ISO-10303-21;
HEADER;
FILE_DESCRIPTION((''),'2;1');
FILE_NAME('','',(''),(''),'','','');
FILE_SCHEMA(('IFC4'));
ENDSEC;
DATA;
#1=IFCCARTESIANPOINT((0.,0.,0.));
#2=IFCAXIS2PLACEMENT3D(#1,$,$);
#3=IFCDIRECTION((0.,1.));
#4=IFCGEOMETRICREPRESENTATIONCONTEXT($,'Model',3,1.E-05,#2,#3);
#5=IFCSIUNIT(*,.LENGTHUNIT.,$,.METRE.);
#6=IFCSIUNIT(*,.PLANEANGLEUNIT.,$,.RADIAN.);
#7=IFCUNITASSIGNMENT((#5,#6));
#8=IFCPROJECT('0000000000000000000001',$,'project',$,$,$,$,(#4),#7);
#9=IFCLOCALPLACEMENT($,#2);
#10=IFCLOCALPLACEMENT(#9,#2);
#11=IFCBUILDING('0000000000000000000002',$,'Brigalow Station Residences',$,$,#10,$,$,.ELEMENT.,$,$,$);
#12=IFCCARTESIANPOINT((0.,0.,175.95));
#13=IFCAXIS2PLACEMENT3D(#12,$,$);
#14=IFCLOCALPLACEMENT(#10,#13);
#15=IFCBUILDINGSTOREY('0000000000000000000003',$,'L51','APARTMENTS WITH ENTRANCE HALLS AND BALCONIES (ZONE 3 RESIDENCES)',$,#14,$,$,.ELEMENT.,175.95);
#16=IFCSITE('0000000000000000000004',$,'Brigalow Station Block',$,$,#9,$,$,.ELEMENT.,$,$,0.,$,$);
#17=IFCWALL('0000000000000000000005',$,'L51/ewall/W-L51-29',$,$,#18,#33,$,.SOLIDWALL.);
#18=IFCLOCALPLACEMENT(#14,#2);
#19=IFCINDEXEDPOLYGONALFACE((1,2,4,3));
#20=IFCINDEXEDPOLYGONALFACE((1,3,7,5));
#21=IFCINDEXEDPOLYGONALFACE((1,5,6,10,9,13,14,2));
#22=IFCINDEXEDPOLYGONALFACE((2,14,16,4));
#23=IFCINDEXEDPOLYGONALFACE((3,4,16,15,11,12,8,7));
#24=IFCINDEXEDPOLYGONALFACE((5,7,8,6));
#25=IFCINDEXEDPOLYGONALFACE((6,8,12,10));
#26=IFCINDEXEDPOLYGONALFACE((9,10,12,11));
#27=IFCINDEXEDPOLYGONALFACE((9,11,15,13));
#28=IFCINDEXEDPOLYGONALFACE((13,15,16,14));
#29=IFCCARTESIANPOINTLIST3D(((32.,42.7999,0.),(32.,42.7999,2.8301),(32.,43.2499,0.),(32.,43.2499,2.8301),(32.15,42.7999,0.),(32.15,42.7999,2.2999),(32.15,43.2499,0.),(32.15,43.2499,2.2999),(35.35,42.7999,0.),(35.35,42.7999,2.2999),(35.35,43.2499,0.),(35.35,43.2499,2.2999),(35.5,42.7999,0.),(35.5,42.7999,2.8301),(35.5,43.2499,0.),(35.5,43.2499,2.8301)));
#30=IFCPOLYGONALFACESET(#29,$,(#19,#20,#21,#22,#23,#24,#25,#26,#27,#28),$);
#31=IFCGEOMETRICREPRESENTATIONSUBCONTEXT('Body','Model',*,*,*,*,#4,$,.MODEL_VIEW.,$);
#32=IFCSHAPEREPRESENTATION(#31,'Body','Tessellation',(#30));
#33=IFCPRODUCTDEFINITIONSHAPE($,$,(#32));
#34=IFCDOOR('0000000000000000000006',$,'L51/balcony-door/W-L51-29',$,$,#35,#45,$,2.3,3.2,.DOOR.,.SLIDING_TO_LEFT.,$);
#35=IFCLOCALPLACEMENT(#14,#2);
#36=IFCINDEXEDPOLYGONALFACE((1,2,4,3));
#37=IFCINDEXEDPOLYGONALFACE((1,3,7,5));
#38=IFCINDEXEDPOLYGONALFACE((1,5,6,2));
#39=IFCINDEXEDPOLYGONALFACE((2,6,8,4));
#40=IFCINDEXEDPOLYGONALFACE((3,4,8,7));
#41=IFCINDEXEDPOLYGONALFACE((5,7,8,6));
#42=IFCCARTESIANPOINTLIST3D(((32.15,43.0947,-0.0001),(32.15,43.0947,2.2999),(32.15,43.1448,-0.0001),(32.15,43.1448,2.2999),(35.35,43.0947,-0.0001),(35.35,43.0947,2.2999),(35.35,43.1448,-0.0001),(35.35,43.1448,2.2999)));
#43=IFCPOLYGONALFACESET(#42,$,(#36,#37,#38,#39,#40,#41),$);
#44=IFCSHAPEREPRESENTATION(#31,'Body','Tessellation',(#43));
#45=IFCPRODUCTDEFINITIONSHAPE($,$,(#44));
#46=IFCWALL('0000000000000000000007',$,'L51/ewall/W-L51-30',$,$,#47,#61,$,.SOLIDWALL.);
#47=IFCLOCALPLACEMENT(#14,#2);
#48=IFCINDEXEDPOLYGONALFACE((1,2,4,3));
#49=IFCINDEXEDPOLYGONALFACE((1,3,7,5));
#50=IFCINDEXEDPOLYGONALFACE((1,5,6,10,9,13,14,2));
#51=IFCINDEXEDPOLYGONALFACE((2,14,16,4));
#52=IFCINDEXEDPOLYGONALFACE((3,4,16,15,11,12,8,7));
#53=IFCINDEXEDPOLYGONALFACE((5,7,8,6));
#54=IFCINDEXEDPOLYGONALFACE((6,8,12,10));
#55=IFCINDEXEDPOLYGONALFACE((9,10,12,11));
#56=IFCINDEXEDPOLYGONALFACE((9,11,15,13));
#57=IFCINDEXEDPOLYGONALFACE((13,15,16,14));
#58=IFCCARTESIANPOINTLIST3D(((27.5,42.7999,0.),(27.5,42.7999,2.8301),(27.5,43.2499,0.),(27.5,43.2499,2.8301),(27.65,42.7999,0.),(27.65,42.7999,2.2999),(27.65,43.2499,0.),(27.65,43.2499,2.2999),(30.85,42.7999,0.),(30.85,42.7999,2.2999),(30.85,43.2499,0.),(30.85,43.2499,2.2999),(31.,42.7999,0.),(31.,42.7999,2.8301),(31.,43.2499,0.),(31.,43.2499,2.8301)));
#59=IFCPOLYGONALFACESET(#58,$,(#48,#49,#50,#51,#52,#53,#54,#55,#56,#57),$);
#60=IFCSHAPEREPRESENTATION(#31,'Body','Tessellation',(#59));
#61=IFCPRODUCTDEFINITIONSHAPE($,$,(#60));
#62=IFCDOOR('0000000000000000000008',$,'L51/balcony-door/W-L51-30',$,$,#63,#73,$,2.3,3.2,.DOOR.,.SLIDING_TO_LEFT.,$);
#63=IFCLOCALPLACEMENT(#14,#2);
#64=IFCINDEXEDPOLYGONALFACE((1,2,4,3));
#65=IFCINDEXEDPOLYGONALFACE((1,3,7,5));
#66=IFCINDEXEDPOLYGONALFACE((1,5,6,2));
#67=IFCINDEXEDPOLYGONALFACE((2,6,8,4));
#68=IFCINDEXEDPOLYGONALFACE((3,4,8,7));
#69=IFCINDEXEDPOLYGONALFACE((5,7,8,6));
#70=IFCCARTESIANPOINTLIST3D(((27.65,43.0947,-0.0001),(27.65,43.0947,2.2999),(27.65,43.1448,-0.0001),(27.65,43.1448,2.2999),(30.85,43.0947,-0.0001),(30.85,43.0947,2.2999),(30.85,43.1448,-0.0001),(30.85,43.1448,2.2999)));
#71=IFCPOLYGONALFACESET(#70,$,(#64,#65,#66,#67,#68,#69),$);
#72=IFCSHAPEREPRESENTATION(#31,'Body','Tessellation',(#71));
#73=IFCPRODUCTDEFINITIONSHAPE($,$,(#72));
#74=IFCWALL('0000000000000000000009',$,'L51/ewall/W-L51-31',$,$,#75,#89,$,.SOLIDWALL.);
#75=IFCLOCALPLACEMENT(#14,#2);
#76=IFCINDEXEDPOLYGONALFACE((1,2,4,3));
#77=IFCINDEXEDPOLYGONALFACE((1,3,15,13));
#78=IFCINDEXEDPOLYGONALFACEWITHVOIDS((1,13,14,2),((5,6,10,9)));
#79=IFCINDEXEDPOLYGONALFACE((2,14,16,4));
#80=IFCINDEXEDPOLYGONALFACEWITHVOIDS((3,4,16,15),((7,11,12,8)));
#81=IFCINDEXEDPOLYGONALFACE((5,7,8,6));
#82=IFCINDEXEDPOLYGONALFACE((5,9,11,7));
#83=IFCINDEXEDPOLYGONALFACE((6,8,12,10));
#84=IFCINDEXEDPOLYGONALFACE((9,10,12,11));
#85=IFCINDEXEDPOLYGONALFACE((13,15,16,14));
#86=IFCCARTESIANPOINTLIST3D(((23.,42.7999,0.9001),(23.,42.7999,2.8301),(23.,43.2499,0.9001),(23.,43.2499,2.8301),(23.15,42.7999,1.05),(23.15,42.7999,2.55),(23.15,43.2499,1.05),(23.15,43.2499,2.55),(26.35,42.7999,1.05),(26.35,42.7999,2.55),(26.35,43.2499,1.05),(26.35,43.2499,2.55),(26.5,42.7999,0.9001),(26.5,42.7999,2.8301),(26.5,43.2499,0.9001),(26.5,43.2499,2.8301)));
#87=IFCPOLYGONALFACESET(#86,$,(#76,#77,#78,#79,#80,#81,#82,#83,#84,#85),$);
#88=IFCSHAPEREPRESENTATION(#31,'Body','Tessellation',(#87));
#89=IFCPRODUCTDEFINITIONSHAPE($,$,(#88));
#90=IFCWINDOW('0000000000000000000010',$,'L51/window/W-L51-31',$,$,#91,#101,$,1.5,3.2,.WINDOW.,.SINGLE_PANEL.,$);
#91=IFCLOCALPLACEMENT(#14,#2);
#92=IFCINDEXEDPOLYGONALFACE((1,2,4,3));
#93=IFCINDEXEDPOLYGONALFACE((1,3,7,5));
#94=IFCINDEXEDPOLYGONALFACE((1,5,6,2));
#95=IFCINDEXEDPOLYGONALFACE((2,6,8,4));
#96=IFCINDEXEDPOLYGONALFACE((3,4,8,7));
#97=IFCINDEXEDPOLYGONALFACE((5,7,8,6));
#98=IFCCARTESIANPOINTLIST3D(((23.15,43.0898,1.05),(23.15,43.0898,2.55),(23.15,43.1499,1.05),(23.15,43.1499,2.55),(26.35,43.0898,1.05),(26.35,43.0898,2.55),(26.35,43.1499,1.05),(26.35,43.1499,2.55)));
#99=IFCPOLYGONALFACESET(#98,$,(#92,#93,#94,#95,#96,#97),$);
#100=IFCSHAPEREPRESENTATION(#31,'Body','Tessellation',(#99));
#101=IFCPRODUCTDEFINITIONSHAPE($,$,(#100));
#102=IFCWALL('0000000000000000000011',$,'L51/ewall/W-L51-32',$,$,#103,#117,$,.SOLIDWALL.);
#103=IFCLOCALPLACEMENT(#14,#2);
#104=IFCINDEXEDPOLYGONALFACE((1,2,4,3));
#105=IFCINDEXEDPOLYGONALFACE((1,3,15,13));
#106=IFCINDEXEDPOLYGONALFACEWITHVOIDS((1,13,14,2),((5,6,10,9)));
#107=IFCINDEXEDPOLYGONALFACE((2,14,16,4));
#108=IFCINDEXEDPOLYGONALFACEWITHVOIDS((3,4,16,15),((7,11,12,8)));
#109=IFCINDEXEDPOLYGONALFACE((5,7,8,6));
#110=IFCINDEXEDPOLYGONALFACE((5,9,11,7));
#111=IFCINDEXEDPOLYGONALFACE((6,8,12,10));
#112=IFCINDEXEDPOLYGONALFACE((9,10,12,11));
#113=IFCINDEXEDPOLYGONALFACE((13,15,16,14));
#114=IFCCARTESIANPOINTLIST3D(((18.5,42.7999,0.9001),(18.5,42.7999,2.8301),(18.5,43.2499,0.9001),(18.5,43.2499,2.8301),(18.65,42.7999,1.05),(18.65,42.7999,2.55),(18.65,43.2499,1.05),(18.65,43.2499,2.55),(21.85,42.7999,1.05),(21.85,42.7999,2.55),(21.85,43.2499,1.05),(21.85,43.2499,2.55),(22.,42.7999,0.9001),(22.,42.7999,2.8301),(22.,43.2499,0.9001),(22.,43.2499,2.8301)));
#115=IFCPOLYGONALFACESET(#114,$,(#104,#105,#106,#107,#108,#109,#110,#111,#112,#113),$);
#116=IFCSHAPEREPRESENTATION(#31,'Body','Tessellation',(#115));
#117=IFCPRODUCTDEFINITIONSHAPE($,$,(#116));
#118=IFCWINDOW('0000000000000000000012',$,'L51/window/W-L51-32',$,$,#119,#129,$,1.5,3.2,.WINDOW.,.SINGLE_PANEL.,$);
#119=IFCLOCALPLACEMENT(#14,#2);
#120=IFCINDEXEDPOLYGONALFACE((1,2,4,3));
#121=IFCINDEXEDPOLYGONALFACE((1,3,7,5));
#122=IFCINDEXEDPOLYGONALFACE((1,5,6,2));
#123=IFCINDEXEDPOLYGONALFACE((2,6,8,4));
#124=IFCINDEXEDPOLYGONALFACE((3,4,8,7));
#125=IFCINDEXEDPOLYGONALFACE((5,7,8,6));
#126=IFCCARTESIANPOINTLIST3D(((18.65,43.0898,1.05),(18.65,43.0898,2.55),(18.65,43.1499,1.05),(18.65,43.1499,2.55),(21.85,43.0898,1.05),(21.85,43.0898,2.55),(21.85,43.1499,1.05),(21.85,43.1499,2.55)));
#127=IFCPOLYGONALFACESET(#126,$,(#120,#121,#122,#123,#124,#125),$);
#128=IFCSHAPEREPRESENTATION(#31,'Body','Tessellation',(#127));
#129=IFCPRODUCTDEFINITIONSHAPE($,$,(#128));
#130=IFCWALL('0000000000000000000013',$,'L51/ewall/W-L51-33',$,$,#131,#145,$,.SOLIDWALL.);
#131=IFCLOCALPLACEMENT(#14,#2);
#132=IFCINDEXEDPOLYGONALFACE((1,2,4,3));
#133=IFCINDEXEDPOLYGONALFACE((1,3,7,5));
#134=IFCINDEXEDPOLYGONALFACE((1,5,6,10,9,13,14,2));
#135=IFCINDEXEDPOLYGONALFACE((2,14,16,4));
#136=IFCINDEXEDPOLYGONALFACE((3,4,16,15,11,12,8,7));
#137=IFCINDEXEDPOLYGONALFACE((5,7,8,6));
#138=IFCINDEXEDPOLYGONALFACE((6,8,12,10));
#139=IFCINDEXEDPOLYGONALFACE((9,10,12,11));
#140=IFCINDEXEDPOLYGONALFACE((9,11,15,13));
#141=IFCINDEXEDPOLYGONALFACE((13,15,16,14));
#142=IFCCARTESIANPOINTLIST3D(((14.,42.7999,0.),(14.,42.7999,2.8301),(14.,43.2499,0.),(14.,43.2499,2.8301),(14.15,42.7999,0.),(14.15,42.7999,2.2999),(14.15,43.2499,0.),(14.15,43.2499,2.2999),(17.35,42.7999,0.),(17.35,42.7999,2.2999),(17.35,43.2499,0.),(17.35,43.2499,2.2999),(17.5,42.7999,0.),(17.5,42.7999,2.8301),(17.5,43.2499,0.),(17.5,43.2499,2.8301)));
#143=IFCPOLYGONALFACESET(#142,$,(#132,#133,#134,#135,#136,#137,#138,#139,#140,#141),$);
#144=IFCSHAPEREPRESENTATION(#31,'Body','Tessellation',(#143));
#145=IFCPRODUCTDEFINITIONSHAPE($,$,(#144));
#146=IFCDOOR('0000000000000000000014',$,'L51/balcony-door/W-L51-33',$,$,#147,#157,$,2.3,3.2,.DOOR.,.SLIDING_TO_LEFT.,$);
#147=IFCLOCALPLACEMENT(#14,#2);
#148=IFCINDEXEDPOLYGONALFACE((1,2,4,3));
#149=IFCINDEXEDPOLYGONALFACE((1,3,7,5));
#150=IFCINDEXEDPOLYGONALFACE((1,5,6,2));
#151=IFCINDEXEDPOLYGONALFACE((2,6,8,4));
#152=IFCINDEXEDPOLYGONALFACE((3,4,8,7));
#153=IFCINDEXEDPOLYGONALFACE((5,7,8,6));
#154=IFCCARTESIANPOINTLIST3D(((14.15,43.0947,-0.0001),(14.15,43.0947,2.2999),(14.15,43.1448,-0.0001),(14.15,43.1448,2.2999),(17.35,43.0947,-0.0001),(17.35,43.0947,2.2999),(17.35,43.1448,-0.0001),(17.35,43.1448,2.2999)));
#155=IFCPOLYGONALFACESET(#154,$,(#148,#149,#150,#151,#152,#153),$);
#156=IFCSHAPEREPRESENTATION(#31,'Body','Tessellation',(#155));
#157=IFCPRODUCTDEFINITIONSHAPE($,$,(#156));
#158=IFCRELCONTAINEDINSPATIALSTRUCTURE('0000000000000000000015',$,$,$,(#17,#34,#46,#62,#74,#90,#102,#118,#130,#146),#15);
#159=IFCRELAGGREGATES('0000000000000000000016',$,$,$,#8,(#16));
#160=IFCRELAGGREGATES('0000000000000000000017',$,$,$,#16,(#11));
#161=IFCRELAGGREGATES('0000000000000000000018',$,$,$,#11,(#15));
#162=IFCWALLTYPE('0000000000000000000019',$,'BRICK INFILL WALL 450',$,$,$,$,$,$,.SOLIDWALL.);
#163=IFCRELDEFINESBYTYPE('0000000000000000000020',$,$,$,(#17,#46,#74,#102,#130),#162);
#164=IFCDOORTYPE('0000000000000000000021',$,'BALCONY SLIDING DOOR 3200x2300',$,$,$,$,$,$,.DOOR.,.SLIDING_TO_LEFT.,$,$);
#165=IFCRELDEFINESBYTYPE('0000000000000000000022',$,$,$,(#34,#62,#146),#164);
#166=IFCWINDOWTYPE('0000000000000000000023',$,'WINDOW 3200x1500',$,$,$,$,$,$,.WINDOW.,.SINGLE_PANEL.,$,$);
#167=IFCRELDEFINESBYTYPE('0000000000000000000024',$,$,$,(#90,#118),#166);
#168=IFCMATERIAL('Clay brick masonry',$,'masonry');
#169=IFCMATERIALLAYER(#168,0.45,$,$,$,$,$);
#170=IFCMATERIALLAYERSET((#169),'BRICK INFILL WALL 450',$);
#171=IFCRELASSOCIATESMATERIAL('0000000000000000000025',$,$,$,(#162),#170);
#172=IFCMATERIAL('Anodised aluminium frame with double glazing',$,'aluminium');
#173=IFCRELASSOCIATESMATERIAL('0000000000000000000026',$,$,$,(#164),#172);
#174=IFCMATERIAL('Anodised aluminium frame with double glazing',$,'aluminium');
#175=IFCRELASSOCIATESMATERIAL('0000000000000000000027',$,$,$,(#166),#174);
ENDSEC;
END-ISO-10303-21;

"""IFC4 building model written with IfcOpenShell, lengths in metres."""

from ifc_helpers import new_model, si_unit, direction, frame, frame_2d, origin, place, context, subcontext, project, spatial, rectangle, extrude, material, layer, layer_set, type_object, element, fill, save


model = new_model("IFC4")

# Units and contexts
model_context = context("Model", 3, precision=1e-05, world=origin(), true_north=direction((0.0, 1.0)))
body_context = subcontext(model_context, "Body", "Model", "MODEL_VIEW")
ifc_project = project(units=[si_unit("LENGTHUNIT", "METRE"), si_unit("PLANEANGLEUNIT", "RADIAN")], contexts=[model_context])

# Site, building, storey
site_placement = place(None, origin())
site = spatial("IfcSite", under=ifc_project, at=site_placement, Name="Brigalow Station Block", CompositionType="ELEMENT", RefElevation=0.0)
building_placement = place(site_placement, origin())
building = spatial("IfcBuilding", under=site, at=building_placement, Name="Brigalow Station Residences", CompositionType="ELEMENT")
storey_placement = place(building_placement, frame((0.0, 0.0, 175.95)))
storey = spatial("IfcBuildingStorey", under=building, at=storey_placement, Name="L51", Description="APARTMENTS WITH ENTRANCE HALLS AND BALCONIES (ZONE 3 RESIDENCES)", CompositionType="ELEMENT", Elevation=175.95)

# Walls, openings, doors
ifc_material_1 = material(Name="Clay brick masonry", Category="masonry")
ifc_layer_1 = layer(ifc_material_1, 0.45)
ifc_layer_set_1 = layer_set([ifc_layer_1], Name="BRICK INFILL WALL 450")
wall_type_1 = type_object("IfcWallType", Name="BRICK INFILL WALL 450", PredefinedType="SOLIDWALL", material=ifc_layer_set_1)
wall_1_placement = place(storey_placement, frame((35.5, 43.0249, 0.0), z_axis=(0.0, 0.0, 1.0), x_axis=(-1.0, 0.0, 0.0)))
wall_1 = element("IfcWall", 1, at=wall_1_placement, inside=storey, type_object=wall_type_1, Name="L51/ewall/W-L51-29", PredefinedType="SOLIDWALL", context=body_context, shape_type="SweptSolid", body=[
    extrude(rectangle(XDim=3.5, YDim=0.45, at=frame_2d((1.75, 0.0))), origin(), (0.0, 0.0, 1.0), 2.8301),
])
opening_1_placement = place(wall_1_placement, frame((0.1499, 0.0, 0.0)))
opening_1 = element("IfcOpeningElement", 2, at=opening_1_placement, cuts=wall_1, PredefinedType="OPENING", context=body_context, shape_type="SweptSolid", body=[
    extrude(rectangle(XDim=3.2, YDim=2.3, at=frame_2d((1.6001, 1.1499))), frame((0.0, 0.2349, 0.0), z_axis=(0.0, -1.0, 0.0), x_axis=(1.0, 0.0, 0.0)), (0.0, 0.0, 1.0), 0.47),
])
ifc_material_2 = material(Name="Anodised aluminium frame with double glazing", Category="aluminium")
door_type_1 = type_object("IfcDoorType", Name="BALCONY SLIDING DOOR 3200x2300", OperationType="SLIDING_TO_LEFT", PredefinedType="DOOR", material=ifc_material_2)
door_1_placement = place(opening_1_placement, origin())
door_1 = element("IfcDoor", 3, at=door_1_placement, inside=storey, type_object=door_type_1, Name="L51/balcony-door/W-L51-29", OperationType="SLIDING_TO_LEFT", OverallHeight=2.3, OverallWidth=3.2, PredefinedType="DOOR", context=body_context, shape_type="SweptSolid", body=[
    extrude(rectangle(XDim=3.2, YDim=2.3, at=frame_2d((1.6001, 1.1499))), frame((0.0, -0.0698, 0.0), z_axis=(0.0, -1.0, 0.0), x_axis=(1.0, 0.0, 0.0)), (0.0, 0.0, 1.0), 0.05),
])
fill(opening_1, door_1)
wall_2_placement = place(storey_placement, frame((31.0, 43.0249, 0.0), z_axis=(0.0, 0.0, 1.0), x_axis=(-1.0, 0.0, 0.0)))
wall_2 = element("IfcWall", 4, at=wall_2_placement, inside=storey, type_object=wall_type_1, Name="L51/ewall/W-L51-30", PredefinedType="SOLIDWALL", context=body_context, shape_type="SweptSolid", body=[
    extrude(rectangle(XDim=3.5, YDim=0.45, at=frame_2d((1.75, 0.0))), origin(), (0.0, 0.0, 1.0), 2.8301),
])
opening_2_placement = place(wall_2_placement, frame((0.1499, 0.0, 0.0)))
opening_2 = element("IfcOpeningElement", 5, at=opening_2_placement, cuts=wall_2, PredefinedType="OPENING", context=body_context, shape_type="SweptSolid", body=[
    extrude(rectangle(XDim=3.2, YDim=2.3, at=frame_2d((1.6001, 1.1499))), frame((0.0, 0.2349, 0.0), z_axis=(0.0, -1.0, 0.0), x_axis=(1.0, 0.0, 0.0)), (0.0, 0.0, 1.0), 0.47),
])
door_2_placement = place(opening_2_placement, origin())
door_2 = element("IfcDoor", 6, at=door_2_placement, inside=storey, type_object=door_type_1, Name="L51/balcony-door/W-L51-30", OperationType="SLIDING_TO_LEFT", OverallHeight=2.3, OverallWidth=3.2, PredefinedType="DOOR", context=body_context, shape_type="SweptSolid", body=[
    extrude(rectangle(XDim=3.2, YDim=2.3, at=frame_2d((1.6001, 1.1499))), frame((0.0, -0.0698, 0.0), z_axis=(0.0, -1.0, 0.0), x_axis=(1.0, 0.0, 0.0)), (0.0, 0.0, 1.0), 0.05),
])
fill(opening_2, door_2)

# Walls, openings, windows
wall_3_placement = place(storey_placement, frame((26.5, 43.0249, 0.9001), z_axis=(0.0, 0.0, 1.0), x_axis=(-1.0, 0.0, 0.0)))
wall_3 = element("IfcWall", 7, at=wall_3_placement, inside=storey, type_object=wall_type_1, Name="L51/ewall/W-L51-31", PredefinedType="SOLIDWALL", context=body_context, shape_type="SweptSolid", body=[
    extrude(rectangle(XDim=3.5, YDim=0.45, at=frame_2d((1.75, 0.0))), origin(), (0.0, 0.0, 1.0), 1.9299),
])
opening_3_placement = place(wall_3_placement, frame((0.1499, 0.0, 0.1499)))
opening_3 = element("IfcOpeningElement", 8, at=opening_3_placement, cuts=wall_3, PredefinedType="OPENING", context=body_context, shape_type="SweptSolid", body=[
    extrude(rectangle(XDim=3.2, YDim=1.5, at=frame_2d((1.6001, 0.75))), frame((0.0, 0.2349, 0.0), z_axis=(0.0, -1.0, 0.0), x_axis=(1.0, 0.0, 0.0)), (0.0, 0.0, 1.0), 0.47),
])
ifc_material_3 = material(Name="Anodised aluminium frame with double glazing", Category="aluminium")
window_type = type_object("IfcWindowType", Name="WINDOW 3200x1500", PartitioningType="SINGLE_PANEL", PredefinedType="WINDOW", material=ifc_material_3)
window_1_placement = place(opening_3_placement, origin())
window_1 = element("IfcWindow", 9, at=window_1_placement, inside=storey, type_object=window_type, Name="L51/window/W-L51-31", OverallHeight=1.5, OverallWidth=3.2, PartitioningType="SINGLE_PANEL", PredefinedType="WINDOW", context=body_context, shape_type="SweptSolid", body=[
    extrude(rectangle(XDim=3.2, YDim=1.5, at=frame_2d((1.6001, 0.75))), frame((0.0, -0.0649, 0.0), z_axis=(0.0, -1.0, 0.0), x_axis=(1.0, 0.0, 0.0)), (0.0, 0.0, 1.0), 0.0601),
])
fill(opening_3, window_1)
wall_4_placement = place(storey_placement, frame((22.0, 43.0249, 0.9001), z_axis=(0.0, 0.0, 1.0), x_axis=(-1.0, 0.0, 0.0)))
wall_4 = element("IfcWall", 10, at=wall_4_placement, inside=storey, type_object=wall_type_1, Name="L51/ewall/W-L51-32", PredefinedType="SOLIDWALL", context=body_context, shape_type="SweptSolid", body=[
    extrude(rectangle(XDim=3.5, YDim=0.45, at=frame_2d((1.75, 0.0))), origin(), (0.0, 0.0, 1.0), 1.9299),
])
opening_4_placement = place(wall_4_placement, frame((0.1499, 0.0, 0.1499)))
opening_4 = element("IfcOpeningElement", 11, at=opening_4_placement, cuts=wall_4, PredefinedType="OPENING", context=body_context, shape_type="SweptSolid", body=[
    extrude(rectangle(XDim=3.2, YDim=1.5, at=frame_2d((1.6001, 0.75))), frame((0.0, 0.2349, 0.0), z_axis=(0.0, -1.0, 0.0), x_axis=(1.0, 0.0, 0.0)), (0.0, 0.0, 1.0), 0.47),
])
window_2_placement = place(opening_4_placement, origin())
window_2 = element("IfcWindow", 12, at=window_2_placement, inside=storey, type_object=window_type, Name="L51/window/W-L51-32", OverallHeight=1.5, OverallWidth=3.2, PartitioningType="SINGLE_PANEL", PredefinedType="WINDOW", context=body_context, shape_type="SweptSolid", body=[
    extrude(rectangle(XDim=3.2, YDim=1.5, at=frame_2d((1.6001, 0.75))), frame((0.0, -0.0649, 0.0), z_axis=(0.0, -1.0, 0.0), x_axis=(1.0, 0.0, 0.0)), (0.0, 0.0, 1.0), 0.0601),
])
fill(opening_4, window_2)

# Wall, opening, door
wall_5_placement = place(storey_placement, frame((17.5, 43.0249, 0.0), z_axis=(0.0, 0.0, 1.0), x_axis=(-1.0, 0.0, 0.0)))
wall_5 = element("IfcWall", 13, at=wall_5_placement, inside=storey, type_object=wall_type_1, Name="L51/ewall/W-L51-33", PredefinedType="SOLIDWALL", context=body_context, shape_type="SweptSolid", body=[
    extrude(rectangle(XDim=3.5, YDim=0.45, at=frame_2d((1.75, 0.0))), origin(), (0.0, 0.0, 1.0), 2.8301),
])
opening_5_placement = place(wall_5_placement, frame((0.1499, 0.0, 0.0)))
opening_5 = element("IfcOpeningElement", 14, at=opening_5_placement, cuts=wall_5, PredefinedType="OPENING", context=body_context, shape_type="SweptSolid", body=[
    extrude(rectangle(XDim=3.2, YDim=2.3, at=frame_2d((1.6001, 1.1499))), frame((0.0, 0.2349, 0.0), z_axis=(0.0, -1.0, 0.0), x_axis=(1.0, 0.0, 0.0)), (0.0, 0.0, 1.0), 0.47),
])
door_3_placement = place(opening_5_placement, origin())
door_3 = element("IfcDoor", 15, at=door_3_placement, inside=storey, type_object=door_type_1, Name="L51/balcony-door/W-L51-33", OperationType="SLIDING_TO_LEFT", OverallHeight=2.3, OverallWidth=3.2, PredefinedType="DOOR", context=body_context, shape_type="SweptSolid", body=[
    extrude(rectangle(XDim=3.2, YDim=2.3, at=frame_2d((1.6001, 1.1499))), frame((0.0, -0.0698, 0.0), z_axis=(0.0, -1.0, 0.0), x_axis=(1.0, 0.0, 0.0)), (0.0, 0.0, 1.0), 0.05),
])
fill(opening_5, door_3)

save(model, "model.ifc")
